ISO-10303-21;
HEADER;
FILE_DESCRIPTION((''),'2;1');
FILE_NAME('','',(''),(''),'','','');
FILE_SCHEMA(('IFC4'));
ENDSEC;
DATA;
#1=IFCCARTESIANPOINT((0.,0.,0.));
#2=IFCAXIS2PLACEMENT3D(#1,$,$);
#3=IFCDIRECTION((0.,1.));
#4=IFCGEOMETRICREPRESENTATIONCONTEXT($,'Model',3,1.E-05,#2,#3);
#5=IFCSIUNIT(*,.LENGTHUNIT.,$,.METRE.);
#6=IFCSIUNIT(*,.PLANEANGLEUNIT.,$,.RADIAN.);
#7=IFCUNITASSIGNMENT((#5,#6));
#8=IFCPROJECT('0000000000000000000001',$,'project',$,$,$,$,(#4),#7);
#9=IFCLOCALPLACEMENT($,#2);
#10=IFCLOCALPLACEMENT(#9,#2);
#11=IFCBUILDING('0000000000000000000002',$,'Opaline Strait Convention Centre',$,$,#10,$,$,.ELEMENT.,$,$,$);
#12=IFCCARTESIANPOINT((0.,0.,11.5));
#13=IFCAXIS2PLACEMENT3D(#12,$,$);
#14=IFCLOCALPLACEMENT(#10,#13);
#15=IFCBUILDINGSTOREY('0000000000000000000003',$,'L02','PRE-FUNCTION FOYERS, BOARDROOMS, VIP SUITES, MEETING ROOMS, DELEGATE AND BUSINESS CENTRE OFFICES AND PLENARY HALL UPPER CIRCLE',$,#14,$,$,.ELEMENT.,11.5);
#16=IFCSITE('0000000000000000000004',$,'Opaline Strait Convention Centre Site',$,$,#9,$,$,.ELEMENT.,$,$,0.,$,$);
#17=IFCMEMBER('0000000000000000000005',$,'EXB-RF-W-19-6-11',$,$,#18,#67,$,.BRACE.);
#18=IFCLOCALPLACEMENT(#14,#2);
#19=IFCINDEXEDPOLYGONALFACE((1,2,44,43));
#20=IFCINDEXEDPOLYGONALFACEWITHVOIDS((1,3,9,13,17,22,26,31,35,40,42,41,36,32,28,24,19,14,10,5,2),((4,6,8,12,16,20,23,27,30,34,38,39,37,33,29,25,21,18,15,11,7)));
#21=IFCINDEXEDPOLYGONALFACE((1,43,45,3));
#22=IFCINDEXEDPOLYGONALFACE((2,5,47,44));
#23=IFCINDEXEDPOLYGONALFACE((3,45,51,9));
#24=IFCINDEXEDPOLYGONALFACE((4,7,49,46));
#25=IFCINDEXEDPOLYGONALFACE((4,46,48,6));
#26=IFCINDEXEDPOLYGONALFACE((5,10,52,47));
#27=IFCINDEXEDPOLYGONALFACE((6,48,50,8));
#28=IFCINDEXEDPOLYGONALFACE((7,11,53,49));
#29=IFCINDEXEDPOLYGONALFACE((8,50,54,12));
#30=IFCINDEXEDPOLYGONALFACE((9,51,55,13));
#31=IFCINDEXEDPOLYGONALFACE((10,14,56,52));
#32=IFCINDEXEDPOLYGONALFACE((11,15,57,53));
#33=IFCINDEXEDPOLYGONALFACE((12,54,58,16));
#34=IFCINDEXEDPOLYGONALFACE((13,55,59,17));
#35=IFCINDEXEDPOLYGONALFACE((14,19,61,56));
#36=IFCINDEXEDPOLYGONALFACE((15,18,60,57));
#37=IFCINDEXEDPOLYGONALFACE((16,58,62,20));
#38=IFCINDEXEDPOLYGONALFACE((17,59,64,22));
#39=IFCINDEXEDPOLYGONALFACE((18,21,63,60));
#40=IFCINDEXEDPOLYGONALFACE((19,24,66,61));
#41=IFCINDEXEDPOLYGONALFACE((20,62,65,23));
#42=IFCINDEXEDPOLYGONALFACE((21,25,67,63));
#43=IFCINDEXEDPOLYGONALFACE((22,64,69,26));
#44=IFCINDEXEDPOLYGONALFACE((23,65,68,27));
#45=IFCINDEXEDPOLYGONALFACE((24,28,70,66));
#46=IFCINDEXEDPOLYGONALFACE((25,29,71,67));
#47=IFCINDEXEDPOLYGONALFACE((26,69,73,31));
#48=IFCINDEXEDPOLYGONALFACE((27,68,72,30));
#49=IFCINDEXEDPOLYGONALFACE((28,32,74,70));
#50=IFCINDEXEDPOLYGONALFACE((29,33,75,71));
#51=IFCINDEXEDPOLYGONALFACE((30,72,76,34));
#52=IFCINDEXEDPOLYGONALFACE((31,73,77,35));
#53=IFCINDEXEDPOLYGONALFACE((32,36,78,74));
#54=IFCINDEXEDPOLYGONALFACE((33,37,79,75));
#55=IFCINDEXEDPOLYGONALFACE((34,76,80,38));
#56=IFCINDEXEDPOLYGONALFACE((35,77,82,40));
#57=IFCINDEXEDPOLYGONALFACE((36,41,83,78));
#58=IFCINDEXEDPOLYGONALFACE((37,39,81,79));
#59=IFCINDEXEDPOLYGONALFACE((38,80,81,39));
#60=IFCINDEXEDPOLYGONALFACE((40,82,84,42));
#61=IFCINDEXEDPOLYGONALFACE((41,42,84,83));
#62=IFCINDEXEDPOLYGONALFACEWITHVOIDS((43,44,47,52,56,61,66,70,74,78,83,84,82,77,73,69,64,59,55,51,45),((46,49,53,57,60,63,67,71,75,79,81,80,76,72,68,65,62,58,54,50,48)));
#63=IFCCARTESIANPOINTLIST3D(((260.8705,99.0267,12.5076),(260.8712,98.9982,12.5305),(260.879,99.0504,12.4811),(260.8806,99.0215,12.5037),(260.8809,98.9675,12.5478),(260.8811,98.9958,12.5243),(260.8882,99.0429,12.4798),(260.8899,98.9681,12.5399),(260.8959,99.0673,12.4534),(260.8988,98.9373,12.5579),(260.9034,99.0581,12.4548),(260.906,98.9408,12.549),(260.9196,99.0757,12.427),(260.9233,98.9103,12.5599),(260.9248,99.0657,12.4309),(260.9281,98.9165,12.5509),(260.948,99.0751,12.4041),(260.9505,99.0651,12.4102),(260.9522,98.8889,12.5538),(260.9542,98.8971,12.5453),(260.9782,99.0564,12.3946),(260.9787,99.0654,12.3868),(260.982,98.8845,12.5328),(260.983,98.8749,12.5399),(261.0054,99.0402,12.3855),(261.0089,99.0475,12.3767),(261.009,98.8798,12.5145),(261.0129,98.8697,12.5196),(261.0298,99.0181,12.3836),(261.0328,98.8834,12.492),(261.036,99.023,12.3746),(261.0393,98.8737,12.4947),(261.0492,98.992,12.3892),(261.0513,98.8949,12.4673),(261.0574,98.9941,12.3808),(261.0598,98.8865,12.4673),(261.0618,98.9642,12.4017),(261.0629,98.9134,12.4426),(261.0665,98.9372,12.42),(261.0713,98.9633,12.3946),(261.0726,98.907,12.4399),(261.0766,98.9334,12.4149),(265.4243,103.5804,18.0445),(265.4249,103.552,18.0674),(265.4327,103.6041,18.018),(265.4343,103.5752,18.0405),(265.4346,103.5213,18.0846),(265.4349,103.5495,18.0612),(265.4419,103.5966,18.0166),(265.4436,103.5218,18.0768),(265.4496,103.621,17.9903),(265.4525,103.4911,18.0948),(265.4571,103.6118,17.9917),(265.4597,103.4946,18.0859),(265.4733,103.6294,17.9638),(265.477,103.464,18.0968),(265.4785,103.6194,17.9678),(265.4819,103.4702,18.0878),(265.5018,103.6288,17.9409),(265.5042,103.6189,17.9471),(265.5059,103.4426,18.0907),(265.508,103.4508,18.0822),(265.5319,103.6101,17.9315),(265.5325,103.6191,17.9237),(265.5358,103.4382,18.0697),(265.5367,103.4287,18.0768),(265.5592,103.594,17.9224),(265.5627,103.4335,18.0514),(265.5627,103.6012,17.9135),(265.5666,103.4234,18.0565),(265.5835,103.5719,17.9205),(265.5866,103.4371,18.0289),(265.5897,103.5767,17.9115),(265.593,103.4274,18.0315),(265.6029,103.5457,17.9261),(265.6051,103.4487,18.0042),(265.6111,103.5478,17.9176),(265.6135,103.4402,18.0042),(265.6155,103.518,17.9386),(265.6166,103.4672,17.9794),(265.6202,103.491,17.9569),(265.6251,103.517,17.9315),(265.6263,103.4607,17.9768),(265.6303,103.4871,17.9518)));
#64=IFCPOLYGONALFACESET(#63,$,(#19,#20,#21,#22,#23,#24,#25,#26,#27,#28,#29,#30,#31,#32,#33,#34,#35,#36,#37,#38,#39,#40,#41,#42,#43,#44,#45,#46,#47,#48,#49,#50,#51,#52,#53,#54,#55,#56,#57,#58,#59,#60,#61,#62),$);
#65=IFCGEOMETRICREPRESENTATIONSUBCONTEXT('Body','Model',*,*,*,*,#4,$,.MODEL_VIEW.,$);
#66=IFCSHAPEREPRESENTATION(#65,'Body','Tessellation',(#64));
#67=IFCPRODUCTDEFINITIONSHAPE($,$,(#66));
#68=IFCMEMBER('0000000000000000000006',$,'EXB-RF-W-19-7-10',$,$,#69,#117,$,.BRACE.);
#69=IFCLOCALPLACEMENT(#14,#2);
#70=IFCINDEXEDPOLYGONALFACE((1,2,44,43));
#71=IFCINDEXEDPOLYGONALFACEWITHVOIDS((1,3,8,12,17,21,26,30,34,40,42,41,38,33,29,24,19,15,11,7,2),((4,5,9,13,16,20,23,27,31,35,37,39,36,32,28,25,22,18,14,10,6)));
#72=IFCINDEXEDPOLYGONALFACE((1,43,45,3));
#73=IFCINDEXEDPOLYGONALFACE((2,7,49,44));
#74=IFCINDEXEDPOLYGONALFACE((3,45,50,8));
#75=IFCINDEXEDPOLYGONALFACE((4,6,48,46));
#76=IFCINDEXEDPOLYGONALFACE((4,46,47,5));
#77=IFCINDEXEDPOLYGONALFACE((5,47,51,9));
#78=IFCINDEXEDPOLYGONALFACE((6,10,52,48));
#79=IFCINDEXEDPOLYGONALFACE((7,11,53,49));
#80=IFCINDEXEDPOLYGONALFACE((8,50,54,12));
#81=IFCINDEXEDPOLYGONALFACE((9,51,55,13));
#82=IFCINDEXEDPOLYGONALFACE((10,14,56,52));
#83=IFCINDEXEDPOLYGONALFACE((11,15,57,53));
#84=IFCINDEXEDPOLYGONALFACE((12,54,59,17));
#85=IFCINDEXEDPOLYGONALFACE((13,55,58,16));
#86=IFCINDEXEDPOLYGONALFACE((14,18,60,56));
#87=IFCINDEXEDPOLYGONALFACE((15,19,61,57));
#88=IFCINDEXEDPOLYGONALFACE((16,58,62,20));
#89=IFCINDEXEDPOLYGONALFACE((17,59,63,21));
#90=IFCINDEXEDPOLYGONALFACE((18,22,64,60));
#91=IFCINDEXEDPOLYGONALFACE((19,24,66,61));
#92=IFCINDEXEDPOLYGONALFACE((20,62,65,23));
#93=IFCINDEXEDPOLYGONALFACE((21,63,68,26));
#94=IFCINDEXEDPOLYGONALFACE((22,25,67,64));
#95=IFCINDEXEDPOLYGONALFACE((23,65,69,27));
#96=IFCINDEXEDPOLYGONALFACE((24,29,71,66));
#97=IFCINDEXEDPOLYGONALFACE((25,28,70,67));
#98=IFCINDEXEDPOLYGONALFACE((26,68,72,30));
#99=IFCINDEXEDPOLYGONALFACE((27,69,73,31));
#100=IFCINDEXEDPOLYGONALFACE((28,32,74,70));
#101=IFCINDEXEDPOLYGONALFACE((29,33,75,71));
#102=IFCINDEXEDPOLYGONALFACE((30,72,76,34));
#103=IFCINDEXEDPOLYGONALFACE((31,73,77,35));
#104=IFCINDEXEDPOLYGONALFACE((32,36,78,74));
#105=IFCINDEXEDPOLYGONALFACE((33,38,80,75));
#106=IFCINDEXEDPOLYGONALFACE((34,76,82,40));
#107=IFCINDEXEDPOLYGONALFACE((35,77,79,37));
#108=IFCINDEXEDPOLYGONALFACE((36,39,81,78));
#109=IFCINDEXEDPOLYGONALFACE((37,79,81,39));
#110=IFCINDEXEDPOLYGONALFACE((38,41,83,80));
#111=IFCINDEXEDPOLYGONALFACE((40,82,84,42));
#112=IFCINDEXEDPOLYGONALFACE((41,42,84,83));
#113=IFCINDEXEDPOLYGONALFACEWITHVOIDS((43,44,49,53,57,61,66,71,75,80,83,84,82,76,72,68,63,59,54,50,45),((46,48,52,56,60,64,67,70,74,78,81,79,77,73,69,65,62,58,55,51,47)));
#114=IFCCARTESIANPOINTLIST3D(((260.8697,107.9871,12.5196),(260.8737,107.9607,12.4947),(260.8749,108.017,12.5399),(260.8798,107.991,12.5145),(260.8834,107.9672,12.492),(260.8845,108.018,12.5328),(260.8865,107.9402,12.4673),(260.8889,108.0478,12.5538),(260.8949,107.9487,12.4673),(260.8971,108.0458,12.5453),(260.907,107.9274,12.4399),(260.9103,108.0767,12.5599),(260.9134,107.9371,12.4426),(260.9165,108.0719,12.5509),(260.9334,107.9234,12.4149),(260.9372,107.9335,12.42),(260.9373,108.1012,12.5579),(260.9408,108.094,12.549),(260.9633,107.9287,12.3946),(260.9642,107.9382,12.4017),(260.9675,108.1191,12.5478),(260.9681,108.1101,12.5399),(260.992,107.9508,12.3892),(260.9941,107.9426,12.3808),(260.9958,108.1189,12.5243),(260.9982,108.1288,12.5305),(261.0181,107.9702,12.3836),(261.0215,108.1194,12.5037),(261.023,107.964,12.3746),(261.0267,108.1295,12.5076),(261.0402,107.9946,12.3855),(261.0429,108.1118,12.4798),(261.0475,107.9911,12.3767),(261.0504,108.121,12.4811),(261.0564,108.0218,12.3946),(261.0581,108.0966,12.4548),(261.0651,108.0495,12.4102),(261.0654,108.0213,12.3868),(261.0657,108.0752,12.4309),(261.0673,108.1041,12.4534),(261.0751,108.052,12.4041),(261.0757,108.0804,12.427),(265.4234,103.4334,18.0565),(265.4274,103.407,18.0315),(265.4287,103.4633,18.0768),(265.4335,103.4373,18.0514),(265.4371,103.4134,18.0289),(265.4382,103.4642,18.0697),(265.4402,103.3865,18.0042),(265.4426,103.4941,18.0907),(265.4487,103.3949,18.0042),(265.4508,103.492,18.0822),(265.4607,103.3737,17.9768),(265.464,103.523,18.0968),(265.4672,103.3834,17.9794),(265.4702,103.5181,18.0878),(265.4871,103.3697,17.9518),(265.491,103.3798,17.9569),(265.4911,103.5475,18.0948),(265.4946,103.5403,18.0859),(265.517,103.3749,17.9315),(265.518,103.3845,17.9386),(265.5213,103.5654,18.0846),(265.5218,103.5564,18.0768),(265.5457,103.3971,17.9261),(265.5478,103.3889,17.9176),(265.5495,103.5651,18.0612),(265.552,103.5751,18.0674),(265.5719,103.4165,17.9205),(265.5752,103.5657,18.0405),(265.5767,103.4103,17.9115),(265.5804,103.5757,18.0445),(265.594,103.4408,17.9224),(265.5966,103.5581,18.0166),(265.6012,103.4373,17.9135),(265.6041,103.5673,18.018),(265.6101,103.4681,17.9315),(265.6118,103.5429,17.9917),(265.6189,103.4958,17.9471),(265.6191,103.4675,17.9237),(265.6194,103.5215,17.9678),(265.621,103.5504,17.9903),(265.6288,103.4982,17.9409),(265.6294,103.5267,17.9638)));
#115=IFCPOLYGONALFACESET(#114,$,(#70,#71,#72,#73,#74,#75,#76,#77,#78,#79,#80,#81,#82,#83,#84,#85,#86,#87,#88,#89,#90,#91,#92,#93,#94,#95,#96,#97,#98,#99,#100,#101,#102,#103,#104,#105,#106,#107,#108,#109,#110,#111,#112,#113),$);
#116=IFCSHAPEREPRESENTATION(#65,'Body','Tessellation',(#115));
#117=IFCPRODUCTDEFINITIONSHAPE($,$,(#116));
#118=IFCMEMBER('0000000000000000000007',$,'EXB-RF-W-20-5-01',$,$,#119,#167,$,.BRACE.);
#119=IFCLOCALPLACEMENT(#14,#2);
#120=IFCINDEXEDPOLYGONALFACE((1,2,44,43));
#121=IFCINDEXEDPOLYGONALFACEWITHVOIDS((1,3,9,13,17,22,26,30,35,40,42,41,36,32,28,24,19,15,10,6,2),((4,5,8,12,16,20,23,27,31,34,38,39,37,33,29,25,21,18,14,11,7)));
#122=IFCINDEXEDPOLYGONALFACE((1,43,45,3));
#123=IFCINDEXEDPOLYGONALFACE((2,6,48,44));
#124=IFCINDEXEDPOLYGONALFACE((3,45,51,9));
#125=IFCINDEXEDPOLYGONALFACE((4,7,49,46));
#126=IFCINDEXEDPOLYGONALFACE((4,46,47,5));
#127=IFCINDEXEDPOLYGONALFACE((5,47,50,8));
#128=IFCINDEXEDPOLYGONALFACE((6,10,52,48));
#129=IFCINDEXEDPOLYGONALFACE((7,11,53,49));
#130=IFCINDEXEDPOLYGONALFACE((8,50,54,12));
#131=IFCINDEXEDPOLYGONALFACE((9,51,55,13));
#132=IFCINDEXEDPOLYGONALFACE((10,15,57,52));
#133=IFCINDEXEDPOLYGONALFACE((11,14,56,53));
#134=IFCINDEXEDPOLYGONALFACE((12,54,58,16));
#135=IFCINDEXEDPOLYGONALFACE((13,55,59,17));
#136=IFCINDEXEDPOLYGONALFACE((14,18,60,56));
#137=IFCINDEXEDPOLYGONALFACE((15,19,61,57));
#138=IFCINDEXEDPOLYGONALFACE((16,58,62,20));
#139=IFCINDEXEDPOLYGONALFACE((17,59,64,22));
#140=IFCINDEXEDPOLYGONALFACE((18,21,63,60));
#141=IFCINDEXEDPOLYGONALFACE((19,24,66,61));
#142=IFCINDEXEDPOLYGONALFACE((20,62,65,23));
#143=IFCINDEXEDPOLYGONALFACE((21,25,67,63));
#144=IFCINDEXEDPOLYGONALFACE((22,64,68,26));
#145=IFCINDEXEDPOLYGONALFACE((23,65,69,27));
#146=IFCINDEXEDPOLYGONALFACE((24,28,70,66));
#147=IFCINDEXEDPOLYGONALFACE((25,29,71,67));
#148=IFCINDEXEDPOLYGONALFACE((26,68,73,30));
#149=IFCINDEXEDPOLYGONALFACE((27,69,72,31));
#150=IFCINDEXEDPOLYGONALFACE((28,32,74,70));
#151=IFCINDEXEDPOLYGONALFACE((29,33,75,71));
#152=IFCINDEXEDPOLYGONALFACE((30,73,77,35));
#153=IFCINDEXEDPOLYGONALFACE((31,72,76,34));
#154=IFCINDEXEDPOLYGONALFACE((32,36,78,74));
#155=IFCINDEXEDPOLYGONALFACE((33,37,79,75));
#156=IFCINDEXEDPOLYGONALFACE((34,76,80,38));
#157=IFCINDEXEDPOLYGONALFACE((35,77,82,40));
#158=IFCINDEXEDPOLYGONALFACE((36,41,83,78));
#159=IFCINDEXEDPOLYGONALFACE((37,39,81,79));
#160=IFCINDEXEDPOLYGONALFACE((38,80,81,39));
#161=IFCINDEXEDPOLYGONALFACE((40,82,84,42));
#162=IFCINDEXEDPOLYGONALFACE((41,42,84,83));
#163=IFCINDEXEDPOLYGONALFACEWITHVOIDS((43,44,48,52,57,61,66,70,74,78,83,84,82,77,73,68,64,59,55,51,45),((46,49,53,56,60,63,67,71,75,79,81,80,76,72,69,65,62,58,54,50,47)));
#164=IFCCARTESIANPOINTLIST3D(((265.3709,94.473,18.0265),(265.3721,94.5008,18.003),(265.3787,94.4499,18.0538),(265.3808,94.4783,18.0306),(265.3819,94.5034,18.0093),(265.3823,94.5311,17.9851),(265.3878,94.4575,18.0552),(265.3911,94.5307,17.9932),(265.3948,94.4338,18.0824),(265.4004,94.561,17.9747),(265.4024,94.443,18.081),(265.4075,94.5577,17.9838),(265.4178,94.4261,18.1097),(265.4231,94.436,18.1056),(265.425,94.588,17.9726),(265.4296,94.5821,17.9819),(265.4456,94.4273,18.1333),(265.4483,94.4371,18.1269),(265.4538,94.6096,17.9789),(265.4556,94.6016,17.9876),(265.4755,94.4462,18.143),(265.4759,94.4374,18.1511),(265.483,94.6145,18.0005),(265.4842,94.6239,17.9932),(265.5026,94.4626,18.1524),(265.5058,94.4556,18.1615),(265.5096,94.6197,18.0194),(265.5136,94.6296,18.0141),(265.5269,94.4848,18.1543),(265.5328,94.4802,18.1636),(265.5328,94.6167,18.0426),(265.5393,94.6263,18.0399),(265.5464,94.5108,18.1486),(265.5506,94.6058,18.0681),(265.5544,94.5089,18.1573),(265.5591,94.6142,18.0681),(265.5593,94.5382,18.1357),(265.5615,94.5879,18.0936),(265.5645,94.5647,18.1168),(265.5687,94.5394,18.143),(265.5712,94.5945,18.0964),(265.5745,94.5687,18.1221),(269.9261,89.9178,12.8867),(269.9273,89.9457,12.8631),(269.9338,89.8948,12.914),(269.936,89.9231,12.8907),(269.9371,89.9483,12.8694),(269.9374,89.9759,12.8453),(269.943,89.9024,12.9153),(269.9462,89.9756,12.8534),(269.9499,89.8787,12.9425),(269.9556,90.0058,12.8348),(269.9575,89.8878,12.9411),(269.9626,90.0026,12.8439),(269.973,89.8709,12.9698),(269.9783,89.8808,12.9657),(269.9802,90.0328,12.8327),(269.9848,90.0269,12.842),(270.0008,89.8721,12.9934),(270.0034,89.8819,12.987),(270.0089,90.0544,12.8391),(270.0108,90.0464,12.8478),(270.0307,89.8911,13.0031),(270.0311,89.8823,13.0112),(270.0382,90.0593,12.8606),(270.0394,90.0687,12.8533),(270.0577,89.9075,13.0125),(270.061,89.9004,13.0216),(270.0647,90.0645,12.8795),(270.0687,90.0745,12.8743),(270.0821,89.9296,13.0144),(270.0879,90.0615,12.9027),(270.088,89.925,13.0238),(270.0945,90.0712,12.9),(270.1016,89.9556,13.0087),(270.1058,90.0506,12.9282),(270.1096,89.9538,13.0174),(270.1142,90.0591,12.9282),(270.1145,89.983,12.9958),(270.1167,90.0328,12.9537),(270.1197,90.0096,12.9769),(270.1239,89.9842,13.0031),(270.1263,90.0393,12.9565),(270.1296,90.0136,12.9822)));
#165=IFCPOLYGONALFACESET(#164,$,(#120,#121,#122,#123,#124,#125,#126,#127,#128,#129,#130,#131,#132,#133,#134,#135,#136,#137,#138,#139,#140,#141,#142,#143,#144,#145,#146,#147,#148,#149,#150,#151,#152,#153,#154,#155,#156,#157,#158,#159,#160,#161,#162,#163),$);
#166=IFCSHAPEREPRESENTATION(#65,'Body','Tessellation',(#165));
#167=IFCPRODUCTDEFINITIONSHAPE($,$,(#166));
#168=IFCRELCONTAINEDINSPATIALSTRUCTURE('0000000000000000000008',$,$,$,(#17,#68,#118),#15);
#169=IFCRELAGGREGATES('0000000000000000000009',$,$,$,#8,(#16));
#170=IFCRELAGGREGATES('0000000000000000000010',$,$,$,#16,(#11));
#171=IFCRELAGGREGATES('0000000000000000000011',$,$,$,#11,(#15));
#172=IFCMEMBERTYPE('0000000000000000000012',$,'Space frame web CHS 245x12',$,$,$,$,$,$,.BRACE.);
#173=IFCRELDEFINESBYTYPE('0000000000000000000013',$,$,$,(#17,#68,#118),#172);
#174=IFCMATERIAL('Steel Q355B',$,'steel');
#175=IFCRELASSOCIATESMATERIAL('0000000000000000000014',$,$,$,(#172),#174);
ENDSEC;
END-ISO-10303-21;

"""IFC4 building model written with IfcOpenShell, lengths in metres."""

from ifc_helpers import new_model, si_unit, direction, frame, origin, origin_2d, place, context, subcontext, project, spatial, hollow_circle, extrude, material, material_profile, profile_set, type_object, element, save


model = new_model("IFC4")

# Units and contexts
model_context = context("Model", 3, precision=1e-05, world=origin(), true_north=direction((0.0, 1.0)))
body_context = subcontext(model_context, "Body", "Model", "MODEL_VIEW")
ifc_project = project(units=[si_unit("LENGTHUNIT", "METRE"), si_unit("PLANEANGLEUNIT", "RADIAN")], contexts=[model_context])

# Site, building, storey
site_placement = place(None, origin())
site = spatial("IfcSite", under=ifc_project, at=site_placement, Name="Opaline Strait Convention Centre Site", CompositionType="ELEMENT", RefElevation=0.0)
building_placement = place(site_placement, origin())
building = spatial("IfcBuilding", under=site, at=building_placement, Name="Opaline Strait Convention Centre", CompositionType="ELEMENT")
storey_placement = place(building_placement, frame((0.0, 0.0, 11.5)))
storey = spatial("IfcBuildingStorey", under=building, at=storey_placement, Name="L02", Description="PRE-FUNCTION FOYERS, BOARDROOMS, VIP SUITES, MEETING ROOMS, DELEGATE AND BUSINESS CENTRE OFFICES AND PLENARY HALL UPPER CIRCLE", CompositionType="ELEMENT", Elevation=11.5)

# Members
ifc_material_1 = material(Name="Steel Q355B", Category="steel")
ifc_material_profile_1 = material_profile(ifc_material_1, hollow_circle(Radius=0.1226, WallThickness=0.012, at=origin_2d()), Name="CHS 245x12")
ifc_profile_set_1 = profile_set([ifc_material_profile_1], Name="Steel Q355B")
member_type_1 = type_object("IfcMemberType", Name="Space frame web CHS 245x12", PredefinedType="BRACE", material=ifc_profile_set_1)
for number, where, z_axis, x_axis, name in (
    (1, (265.5269, 103.5269, 18.0042), (-0.536178, -0.536178, -0.65194), (0.707107, -0.707107, 0.0), "EXB-RF-W-19-6-11"),
    (2, (265.5269, 103.4731, 18.0042), (-0.536178, 0.536178, -0.65194), (-0.707107, -0.707107, 0.0), "EXB-RF-W-19-7-10"),
):
    element("IfcMember", number, at=place(storey_placement, frame(where, z_axis=z_axis, x_axis=x_axis)), inside=storey, type_object=member_type_1, Name=name, PredefinedType="BRACE", context=body_context, shape_type="SweptSolid", body=[
        extrude(hollow_circle(Radius=0.1226, WallThickness=0.012, at=origin_2d()), origin(), (0.0, 0.0, 1.0), 8.4929),
    ])
member_1_placement = place(storey_placement, frame((265.4724, 94.5276, 18.0681), z_axis=(0.552731, -0.552731, -0.623681), x_axis=(0.707107, 0.707107, 0.0)))
element("IfcMember", 3, at=member_1_placement, inside=storey, type_object=member_type_1, Name="EXB-RF-W-20-5-01", PredefinedType="BRACE", context=body_context, shape_type="SweptSolid", body=[
    extrude(hollow_circle(Radius=0.1226, WallThickness=0.012, at=origin_2d()), origin(), (0.0, 0.0, 1.0), 8.2412),
])

save(model, "model.ifc")
